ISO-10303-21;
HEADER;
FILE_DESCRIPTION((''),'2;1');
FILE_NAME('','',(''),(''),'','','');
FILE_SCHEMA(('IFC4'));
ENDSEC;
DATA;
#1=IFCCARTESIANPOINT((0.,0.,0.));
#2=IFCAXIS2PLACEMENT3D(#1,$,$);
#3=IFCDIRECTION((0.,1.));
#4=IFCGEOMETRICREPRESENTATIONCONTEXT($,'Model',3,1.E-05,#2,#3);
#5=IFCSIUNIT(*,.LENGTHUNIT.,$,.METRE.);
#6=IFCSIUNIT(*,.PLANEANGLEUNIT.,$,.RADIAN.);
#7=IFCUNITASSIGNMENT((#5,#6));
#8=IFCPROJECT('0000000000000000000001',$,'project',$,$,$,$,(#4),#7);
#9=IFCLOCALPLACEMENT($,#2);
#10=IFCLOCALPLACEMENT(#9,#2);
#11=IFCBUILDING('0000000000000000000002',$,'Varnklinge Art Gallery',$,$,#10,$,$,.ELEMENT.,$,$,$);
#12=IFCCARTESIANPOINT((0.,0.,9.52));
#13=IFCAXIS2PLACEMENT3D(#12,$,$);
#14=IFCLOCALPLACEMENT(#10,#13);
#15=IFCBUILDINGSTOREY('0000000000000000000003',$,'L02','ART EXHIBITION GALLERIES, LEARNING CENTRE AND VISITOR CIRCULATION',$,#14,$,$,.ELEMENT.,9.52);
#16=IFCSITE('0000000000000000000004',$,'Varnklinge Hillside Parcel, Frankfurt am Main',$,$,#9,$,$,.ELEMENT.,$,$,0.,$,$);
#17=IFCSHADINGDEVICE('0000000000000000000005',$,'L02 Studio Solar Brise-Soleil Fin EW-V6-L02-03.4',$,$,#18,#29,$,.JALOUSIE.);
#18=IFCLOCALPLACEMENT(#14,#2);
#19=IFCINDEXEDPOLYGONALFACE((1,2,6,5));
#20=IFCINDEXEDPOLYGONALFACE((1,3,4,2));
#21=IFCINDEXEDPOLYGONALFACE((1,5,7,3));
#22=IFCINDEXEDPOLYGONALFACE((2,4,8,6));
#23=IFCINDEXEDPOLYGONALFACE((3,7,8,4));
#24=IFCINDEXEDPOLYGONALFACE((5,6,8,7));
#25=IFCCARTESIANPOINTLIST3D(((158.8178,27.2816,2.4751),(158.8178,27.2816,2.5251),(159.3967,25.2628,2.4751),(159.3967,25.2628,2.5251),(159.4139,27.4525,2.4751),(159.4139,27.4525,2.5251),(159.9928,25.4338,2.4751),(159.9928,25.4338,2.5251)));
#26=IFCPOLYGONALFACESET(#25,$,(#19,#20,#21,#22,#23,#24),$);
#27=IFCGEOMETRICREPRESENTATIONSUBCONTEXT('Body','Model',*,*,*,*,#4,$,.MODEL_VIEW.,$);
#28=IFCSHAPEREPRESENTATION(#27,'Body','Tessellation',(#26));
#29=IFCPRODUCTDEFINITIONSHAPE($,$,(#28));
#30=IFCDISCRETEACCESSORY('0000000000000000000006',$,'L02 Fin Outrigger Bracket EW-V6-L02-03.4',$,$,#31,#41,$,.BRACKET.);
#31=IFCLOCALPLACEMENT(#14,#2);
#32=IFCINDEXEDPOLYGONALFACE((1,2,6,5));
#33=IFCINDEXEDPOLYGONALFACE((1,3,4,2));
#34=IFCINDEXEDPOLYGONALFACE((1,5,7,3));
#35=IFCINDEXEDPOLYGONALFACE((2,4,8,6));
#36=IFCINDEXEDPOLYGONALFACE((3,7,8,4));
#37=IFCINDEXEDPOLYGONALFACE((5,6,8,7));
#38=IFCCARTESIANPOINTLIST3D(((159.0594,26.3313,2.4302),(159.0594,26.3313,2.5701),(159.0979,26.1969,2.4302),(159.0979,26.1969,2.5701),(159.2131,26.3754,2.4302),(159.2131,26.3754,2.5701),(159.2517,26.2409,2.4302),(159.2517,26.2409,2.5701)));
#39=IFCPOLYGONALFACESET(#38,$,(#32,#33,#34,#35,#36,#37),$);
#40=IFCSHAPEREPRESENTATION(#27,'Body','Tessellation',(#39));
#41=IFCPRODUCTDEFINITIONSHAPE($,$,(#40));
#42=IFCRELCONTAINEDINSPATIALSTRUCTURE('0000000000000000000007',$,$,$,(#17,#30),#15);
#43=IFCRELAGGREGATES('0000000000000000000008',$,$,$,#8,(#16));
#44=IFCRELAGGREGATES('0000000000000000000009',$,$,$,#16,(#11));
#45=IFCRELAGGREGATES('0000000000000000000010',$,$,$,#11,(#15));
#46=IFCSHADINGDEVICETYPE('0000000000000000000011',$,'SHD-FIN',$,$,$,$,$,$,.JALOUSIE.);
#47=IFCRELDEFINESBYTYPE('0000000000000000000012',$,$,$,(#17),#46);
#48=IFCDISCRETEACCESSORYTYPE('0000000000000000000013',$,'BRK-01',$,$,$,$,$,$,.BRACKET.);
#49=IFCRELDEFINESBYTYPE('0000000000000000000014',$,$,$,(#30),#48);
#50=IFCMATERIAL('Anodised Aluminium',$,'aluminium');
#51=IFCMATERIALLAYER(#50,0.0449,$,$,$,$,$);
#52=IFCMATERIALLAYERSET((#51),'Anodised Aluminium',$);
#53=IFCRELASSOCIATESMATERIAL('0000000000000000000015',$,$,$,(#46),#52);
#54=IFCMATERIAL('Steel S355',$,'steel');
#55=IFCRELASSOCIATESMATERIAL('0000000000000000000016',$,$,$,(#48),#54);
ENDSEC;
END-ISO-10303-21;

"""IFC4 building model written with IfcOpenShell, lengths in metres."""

from ifc_helpers import new_model, si_unit, direction, frame, origin, origin_2d, place, context, subcontext, project, spatial, rectangle, extrude, material, layer, layer_set, type_object, element, save


model = new_model("IFC4")

# Units and contexts
model_context = context("Model", 3, precision=1e-05, world=origin(), true_north=direction((0.0, 1.0)))
body_context = subcontext(model_context, "Body", "Model", "MODEL_VIEW")
ifc_project = project(units=[si_unit("LENGTHUNIT", "METRE"), si_unit("PLANEANGLEUNIT", "RADIAN")], contexts=[model_context])

# Site, building, storey
site_placement = place(None, origin())
site = spatial("IfcSite", under=ifc_project, at=site_placement, Name="Varnklinge Hillside Parcel, Frankfurt am Main", CompositionType="ELEMENT", RefElevation=0.0)
building_placement = place(site_placement, origin())
building = spatial("IfcBuilding", under=site, at=building_placement, Name="Varnklinge Art Gallery", CompositionType="ELEMENT")
storey_placement = place(building_placement, frame((0.0, 0.0, 9.52)))
storey = spatial("IfcBuildingStorey", under=building, at=storey_placement, Name="L02", Description="ART EXHIBITION GALLERIES, LEARNING CENTRE AND VISITOR CIRCULATION", CompositionType="ELEMENT", Elevation=9.52)

# Shading device
ifc_material_1 = material(Name="Anodised Aluminium", Category="aluminium")
ifc_layer_1 = layer(ifc_material_1, 0.0449)
ifc_layer_set_1 = layer_set([ifc_layer_1], Name="Anodised Aluminium")
shading_device_type = type_object("IfcShadingDeviceType", Name="SHD-FIN", PredefinedType="JALOUSIE", material=ifc_layer_set_1)
shading_device_placement = place(storey_placement, frame((159.4053, 26.3577, 2.4751), z_axis=(0.0, 0.0, 1.0), x_axis=(0.275637, -0.961262, 0.0)))
element("IfcShadingDevice", 1, at=shading_device_placement, inside=storey, type_object=shading_device_type, Name="L02 Studio Solar Brise-Soleil Fin EW-V6-L02-03.4", PredefinedType="JALOUSIE", context=body_context, shape_type="SweptSolid", body=[
    extrude(rectangle(XDim=2.1001, YDim=0.6201, at=origin_2d()), origin(), (0.0, 0.0, 1.0), 0.05),
])

# Discrete accessory
ifc_material_2 = material(Name="Steel S355", Category="steel")
discrete_accessory_type = type_object("IfcDiscreteAccessoryType", Name="BRK-01", PredefinedType="BRACKET", material=ifc_material_2)
discrete_accessory_placement = place(storey_placement, frame((159.1555, 26.2861, 2.4302), z_axis=(0.0, 0.0, 1.0), x_axis=(0.275637, -0.961262, 0.0)))
element("IfcDiscreteAccessory", 2, at=discrete_accessory_placement, inside=storey, type_object=discrete_accessory_type, Name="L02 Fin Outrigger Bracket EW-V6-L02-03.4", PredefinedType="BRACKET", context=body_context, shape_type="SweptSolid", body=[
    extrude(rectangle(XDim=0.1399, YDim=0.1599, at=origin_2d()), origin(), (0.0, 0.0, 1.0), 0.1399),
])

save(model, "model.ifc")
